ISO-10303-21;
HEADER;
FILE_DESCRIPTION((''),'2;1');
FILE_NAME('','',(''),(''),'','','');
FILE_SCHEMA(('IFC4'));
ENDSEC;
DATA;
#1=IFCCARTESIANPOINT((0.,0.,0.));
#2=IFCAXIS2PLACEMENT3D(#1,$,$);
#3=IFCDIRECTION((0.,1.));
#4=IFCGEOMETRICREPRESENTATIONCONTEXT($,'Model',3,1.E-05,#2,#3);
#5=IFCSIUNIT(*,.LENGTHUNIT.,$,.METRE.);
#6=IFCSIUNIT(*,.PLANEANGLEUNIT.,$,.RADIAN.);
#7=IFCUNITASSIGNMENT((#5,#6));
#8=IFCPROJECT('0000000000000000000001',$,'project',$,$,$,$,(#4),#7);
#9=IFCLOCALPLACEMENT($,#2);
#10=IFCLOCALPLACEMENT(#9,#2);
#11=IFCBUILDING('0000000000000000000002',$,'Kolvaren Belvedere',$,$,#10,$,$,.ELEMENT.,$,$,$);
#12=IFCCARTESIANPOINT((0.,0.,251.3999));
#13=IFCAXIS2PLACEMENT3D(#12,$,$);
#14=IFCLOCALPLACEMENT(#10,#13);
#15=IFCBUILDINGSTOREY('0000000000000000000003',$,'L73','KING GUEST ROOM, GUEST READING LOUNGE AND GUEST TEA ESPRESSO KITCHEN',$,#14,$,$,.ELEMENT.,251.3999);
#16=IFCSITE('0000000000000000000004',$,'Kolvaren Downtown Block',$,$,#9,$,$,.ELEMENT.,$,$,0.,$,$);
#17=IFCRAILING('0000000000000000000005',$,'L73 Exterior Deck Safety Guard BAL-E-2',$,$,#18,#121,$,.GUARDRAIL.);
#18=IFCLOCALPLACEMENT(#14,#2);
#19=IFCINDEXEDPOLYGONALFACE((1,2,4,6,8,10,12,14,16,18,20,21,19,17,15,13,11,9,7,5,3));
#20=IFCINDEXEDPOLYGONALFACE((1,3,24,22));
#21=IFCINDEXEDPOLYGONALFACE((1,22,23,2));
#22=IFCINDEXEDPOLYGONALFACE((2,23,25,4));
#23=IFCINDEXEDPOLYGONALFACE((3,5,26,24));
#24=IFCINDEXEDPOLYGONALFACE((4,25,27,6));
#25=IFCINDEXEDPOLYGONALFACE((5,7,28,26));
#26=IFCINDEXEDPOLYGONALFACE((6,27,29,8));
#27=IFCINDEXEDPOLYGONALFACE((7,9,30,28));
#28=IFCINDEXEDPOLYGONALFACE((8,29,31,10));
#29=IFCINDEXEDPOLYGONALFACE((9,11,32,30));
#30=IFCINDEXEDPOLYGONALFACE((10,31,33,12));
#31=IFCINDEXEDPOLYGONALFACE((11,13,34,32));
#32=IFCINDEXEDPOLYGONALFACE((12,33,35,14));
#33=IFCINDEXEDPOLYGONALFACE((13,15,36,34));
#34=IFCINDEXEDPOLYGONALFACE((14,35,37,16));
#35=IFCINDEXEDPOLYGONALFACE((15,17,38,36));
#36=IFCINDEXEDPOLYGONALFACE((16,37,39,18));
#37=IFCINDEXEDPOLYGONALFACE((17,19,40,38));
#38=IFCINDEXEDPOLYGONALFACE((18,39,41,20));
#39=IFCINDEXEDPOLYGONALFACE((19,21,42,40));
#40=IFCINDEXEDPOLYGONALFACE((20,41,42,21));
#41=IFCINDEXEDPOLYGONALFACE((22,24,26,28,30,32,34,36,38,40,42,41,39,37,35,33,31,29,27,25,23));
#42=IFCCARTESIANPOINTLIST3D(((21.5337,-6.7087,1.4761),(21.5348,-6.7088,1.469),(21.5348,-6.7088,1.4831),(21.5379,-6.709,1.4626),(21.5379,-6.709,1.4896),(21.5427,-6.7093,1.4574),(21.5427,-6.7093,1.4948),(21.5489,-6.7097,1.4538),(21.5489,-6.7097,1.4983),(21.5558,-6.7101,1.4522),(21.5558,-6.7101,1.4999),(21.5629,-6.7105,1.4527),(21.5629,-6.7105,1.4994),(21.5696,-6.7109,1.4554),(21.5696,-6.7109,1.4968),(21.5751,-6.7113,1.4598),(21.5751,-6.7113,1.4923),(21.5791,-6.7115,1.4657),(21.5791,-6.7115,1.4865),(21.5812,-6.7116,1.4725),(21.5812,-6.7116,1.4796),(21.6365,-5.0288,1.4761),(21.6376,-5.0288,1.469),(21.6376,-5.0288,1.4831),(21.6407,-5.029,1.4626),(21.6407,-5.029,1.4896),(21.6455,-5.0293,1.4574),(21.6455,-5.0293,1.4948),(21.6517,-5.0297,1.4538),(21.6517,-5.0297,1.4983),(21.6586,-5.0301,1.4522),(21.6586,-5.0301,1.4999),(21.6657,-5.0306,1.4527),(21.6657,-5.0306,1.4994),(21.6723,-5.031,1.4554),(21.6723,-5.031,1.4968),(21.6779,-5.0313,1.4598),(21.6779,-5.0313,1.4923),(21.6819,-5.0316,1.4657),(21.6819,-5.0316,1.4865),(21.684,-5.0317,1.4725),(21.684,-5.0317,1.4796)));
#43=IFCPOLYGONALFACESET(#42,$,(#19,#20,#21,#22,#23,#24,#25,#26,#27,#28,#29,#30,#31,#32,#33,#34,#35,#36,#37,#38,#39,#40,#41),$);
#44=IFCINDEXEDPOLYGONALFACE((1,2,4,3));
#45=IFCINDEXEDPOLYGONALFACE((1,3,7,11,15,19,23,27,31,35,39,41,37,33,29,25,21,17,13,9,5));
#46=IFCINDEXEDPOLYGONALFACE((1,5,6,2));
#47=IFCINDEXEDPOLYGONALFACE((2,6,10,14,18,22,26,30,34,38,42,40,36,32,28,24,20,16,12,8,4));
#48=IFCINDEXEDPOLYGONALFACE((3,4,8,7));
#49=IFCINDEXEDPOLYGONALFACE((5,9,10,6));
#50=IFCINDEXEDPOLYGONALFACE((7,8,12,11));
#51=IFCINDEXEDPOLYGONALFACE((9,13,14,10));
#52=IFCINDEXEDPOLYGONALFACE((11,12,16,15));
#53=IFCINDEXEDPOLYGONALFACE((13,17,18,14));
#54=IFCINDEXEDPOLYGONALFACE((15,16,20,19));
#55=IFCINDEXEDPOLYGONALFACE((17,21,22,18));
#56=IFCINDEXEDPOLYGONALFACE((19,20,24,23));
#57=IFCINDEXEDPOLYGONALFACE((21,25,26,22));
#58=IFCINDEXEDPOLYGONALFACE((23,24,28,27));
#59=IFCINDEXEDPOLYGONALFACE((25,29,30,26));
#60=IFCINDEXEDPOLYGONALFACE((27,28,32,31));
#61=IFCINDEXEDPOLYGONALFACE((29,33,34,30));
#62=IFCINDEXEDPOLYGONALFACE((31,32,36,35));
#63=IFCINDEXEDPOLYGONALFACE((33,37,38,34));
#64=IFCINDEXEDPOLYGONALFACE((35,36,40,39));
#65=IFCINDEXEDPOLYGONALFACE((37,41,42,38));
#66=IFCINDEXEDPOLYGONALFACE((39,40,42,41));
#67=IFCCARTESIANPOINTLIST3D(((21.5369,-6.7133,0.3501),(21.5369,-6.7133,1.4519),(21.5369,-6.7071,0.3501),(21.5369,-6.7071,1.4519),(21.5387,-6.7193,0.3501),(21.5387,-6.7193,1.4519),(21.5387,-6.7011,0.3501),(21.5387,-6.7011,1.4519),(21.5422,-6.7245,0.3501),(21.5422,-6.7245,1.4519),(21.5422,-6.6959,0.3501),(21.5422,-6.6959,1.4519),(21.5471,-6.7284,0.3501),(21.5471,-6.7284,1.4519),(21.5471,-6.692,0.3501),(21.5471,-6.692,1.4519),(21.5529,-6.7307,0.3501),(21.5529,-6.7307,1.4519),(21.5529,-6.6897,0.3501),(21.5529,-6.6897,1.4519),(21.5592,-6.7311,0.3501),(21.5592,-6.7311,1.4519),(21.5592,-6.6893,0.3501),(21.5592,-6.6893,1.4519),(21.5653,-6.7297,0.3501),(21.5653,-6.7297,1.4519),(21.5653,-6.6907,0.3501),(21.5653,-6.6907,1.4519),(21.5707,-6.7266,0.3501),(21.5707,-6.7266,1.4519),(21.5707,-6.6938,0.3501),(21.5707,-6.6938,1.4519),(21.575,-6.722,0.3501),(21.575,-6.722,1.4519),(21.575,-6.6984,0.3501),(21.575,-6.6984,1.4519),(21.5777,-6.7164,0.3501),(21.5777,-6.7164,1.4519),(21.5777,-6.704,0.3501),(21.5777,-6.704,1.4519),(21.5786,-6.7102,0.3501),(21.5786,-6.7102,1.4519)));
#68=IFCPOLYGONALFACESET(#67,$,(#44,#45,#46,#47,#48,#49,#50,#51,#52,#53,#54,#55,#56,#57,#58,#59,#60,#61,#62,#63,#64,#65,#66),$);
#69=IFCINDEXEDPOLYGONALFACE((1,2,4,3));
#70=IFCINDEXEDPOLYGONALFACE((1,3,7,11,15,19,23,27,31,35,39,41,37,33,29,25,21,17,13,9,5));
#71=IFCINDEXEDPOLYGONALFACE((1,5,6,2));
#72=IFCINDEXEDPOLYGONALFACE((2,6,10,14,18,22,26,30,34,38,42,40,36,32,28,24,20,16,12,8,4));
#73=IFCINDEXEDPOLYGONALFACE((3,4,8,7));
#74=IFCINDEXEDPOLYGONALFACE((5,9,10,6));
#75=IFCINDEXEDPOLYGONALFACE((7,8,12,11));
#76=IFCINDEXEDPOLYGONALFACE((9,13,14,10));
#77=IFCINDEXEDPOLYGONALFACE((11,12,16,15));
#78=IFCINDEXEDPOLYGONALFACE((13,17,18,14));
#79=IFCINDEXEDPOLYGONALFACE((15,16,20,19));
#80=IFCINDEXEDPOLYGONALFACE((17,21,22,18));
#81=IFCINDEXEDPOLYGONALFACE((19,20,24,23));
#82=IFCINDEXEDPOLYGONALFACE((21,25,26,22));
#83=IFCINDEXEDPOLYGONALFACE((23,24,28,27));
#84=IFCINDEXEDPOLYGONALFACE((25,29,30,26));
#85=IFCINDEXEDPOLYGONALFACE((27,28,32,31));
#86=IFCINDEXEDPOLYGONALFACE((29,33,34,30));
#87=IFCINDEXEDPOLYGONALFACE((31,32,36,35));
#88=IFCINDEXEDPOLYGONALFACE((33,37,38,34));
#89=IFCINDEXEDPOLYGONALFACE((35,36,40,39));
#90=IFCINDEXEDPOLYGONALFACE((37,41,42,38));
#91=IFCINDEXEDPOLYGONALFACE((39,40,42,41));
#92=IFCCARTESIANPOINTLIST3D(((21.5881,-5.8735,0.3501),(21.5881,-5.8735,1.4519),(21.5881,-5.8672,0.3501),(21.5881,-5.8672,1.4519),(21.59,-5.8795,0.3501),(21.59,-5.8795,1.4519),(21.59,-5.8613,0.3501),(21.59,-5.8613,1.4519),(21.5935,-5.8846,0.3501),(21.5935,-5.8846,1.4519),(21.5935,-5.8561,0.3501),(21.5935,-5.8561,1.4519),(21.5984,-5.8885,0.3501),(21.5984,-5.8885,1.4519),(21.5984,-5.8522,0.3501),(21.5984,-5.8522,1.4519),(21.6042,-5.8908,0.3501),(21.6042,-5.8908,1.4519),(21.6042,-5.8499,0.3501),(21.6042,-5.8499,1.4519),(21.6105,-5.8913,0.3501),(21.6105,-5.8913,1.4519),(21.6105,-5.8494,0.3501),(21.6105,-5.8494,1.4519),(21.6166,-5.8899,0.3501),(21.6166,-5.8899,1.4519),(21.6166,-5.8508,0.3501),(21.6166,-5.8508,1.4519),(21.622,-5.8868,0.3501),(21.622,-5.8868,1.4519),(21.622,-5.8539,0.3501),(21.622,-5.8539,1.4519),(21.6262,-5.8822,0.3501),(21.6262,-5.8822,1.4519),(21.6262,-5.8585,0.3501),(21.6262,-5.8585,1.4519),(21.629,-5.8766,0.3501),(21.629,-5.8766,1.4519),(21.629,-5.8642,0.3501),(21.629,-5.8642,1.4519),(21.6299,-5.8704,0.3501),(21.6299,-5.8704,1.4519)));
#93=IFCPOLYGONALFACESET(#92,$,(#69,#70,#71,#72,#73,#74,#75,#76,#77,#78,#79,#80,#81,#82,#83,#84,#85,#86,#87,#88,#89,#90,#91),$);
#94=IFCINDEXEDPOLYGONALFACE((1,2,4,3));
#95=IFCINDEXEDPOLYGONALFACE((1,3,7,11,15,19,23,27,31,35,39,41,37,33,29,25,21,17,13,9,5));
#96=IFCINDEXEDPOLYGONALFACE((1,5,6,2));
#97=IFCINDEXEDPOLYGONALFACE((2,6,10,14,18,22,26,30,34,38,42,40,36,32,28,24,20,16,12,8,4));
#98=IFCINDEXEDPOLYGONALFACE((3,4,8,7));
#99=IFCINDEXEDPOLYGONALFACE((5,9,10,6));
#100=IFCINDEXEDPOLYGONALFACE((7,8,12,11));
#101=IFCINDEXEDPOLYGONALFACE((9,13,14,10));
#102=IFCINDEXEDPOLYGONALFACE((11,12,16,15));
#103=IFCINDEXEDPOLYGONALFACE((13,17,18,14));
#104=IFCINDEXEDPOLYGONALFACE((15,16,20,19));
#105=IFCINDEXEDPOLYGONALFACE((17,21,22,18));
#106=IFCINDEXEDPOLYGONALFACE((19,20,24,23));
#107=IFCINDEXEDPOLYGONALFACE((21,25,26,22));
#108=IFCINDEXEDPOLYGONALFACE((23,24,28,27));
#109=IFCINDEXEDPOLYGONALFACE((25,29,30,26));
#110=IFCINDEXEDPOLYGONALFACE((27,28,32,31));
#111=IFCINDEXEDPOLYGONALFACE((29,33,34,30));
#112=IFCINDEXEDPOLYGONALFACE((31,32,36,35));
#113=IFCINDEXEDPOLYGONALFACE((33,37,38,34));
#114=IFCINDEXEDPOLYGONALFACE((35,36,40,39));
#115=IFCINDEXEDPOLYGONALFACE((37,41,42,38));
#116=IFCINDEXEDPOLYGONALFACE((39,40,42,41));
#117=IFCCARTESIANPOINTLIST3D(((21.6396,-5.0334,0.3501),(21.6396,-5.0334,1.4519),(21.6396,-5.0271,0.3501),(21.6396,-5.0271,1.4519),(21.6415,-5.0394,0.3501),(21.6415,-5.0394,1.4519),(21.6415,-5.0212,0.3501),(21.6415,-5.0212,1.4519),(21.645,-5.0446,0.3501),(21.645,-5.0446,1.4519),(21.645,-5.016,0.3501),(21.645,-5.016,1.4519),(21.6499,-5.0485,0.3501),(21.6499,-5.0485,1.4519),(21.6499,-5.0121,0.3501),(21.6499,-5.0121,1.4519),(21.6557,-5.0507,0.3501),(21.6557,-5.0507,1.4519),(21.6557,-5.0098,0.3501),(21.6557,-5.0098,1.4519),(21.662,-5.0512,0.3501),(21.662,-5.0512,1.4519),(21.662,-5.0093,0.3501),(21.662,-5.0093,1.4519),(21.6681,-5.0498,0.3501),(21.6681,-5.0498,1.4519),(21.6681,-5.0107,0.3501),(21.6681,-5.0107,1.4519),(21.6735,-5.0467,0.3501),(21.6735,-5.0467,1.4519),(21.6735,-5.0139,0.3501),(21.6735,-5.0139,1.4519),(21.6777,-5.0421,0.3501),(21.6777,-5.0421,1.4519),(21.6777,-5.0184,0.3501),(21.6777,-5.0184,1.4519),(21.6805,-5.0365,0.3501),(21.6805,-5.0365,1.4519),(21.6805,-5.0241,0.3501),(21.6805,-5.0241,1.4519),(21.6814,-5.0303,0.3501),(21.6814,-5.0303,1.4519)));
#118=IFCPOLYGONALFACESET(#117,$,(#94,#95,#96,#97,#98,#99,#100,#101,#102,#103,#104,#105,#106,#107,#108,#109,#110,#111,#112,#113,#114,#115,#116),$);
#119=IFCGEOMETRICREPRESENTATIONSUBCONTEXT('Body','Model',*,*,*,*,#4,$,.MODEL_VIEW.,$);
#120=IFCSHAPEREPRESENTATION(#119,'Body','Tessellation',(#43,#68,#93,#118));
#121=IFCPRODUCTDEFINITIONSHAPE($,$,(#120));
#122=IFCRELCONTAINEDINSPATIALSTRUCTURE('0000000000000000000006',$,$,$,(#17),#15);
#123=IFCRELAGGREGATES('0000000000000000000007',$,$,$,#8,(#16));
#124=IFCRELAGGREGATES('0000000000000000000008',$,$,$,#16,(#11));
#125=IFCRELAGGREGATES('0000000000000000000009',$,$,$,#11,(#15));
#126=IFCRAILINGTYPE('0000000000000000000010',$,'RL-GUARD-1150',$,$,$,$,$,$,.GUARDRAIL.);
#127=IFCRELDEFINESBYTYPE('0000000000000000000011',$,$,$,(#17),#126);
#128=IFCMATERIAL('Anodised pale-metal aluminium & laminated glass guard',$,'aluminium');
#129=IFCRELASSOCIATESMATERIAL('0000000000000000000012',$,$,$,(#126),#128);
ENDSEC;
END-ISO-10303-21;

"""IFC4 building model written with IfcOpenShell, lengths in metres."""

from ifc_helpers import new_model, si_unit, direction, frame, origin, origin_2d, place, context, subcontext, project, spatial, circle, extrude, material, type_object, element, save


model = new_model("IFC4")

# Units and contexts
model_context = context("Model", 3, precision=1e-05, world=origin(), true_north=direction((0.0, 1.0)))
body_context = subcontext(model_context, "Body", "Model", "MODEL_VIEW")
ifc_project = project(units=[si_unit("LENGTHUNIT", "METRE"), si_unit("PLANEANGLEUNIT", "RADIAN")], contexts=[model_context])

# Site, building, storey
site_placement = place(None, origin())
site = spatial("IfcSite", under=ifc_project, at=site_placement, Name="Kolvaren Downtown Block", CompositionType="ELEMENT", RefElevation=0.0)
building_placement = place(site_placement, origin())
building = spatial("IfcBuilding", under=site, at=building_placement, Name="Kolvaren Belvedere", CompositionType="ELEMENT")
storey_placement = place(building_placement, frame((0.0, 0.0, 251.3999)))
storey = spatial("IfcBuildingStorey", under=building, at=storey_placement, Name="L73", Description="KING GUEST ROOM, GUEST READING LOUNGE AND GUEST TEA ESPRESSO KITCHEN", CompositionType="ELEMENT", Elevation=251.3999)

# Railing
ifc_material_1 = material(Name="Anodised pale-metal aluminium & laminated glass guard", Category="aluminium")
railing_type = type_object("IfcRailingType", Name="RL-GUARD-1150", PredefinedType="GUARDRAIL", material=ifc_material_1)
railing_1_placement = place(storey_placement, frame((21.5576, -6.7102, 0.3501)))
element("IfcRailing", 1, at=railing_1_placement, inside=storey, type_object=railing_type, Name="L73 Exterior Deck Safety Guard BAL-E-2", PredefinedType="GUARDRAIL", context=body_context, shape_type="SweptSolid", body=[
    extrude(circle(Radius=0.0239, at=origin_2d()), frame((0.0, 0.0, 1.126), z_axis=(0.061069, 0.998134, 0.0), x_axis=(-0.998134, 0.061069, 0.0)), (0.0, 0.0, 1.0), 1.6831),
    extrude(circle(Radius=0.021, at=origin_2d()), origin(), (0.0, 0.0, 1.0), 1.1018),
    extrude(circle(Radius=0.021, at=origin_2d()), frame((0.0513, 0.8398, 0.0)), (0.0, 0.0, 1.0), 1.1018),
    extrude(circle(Radius=0.021, at=origin_2d()), frame((0.1028, 1.6799, 0.0)), (0.0, 0.0, 1.0), 1.1018),
])

save(model, "model.ifc")
